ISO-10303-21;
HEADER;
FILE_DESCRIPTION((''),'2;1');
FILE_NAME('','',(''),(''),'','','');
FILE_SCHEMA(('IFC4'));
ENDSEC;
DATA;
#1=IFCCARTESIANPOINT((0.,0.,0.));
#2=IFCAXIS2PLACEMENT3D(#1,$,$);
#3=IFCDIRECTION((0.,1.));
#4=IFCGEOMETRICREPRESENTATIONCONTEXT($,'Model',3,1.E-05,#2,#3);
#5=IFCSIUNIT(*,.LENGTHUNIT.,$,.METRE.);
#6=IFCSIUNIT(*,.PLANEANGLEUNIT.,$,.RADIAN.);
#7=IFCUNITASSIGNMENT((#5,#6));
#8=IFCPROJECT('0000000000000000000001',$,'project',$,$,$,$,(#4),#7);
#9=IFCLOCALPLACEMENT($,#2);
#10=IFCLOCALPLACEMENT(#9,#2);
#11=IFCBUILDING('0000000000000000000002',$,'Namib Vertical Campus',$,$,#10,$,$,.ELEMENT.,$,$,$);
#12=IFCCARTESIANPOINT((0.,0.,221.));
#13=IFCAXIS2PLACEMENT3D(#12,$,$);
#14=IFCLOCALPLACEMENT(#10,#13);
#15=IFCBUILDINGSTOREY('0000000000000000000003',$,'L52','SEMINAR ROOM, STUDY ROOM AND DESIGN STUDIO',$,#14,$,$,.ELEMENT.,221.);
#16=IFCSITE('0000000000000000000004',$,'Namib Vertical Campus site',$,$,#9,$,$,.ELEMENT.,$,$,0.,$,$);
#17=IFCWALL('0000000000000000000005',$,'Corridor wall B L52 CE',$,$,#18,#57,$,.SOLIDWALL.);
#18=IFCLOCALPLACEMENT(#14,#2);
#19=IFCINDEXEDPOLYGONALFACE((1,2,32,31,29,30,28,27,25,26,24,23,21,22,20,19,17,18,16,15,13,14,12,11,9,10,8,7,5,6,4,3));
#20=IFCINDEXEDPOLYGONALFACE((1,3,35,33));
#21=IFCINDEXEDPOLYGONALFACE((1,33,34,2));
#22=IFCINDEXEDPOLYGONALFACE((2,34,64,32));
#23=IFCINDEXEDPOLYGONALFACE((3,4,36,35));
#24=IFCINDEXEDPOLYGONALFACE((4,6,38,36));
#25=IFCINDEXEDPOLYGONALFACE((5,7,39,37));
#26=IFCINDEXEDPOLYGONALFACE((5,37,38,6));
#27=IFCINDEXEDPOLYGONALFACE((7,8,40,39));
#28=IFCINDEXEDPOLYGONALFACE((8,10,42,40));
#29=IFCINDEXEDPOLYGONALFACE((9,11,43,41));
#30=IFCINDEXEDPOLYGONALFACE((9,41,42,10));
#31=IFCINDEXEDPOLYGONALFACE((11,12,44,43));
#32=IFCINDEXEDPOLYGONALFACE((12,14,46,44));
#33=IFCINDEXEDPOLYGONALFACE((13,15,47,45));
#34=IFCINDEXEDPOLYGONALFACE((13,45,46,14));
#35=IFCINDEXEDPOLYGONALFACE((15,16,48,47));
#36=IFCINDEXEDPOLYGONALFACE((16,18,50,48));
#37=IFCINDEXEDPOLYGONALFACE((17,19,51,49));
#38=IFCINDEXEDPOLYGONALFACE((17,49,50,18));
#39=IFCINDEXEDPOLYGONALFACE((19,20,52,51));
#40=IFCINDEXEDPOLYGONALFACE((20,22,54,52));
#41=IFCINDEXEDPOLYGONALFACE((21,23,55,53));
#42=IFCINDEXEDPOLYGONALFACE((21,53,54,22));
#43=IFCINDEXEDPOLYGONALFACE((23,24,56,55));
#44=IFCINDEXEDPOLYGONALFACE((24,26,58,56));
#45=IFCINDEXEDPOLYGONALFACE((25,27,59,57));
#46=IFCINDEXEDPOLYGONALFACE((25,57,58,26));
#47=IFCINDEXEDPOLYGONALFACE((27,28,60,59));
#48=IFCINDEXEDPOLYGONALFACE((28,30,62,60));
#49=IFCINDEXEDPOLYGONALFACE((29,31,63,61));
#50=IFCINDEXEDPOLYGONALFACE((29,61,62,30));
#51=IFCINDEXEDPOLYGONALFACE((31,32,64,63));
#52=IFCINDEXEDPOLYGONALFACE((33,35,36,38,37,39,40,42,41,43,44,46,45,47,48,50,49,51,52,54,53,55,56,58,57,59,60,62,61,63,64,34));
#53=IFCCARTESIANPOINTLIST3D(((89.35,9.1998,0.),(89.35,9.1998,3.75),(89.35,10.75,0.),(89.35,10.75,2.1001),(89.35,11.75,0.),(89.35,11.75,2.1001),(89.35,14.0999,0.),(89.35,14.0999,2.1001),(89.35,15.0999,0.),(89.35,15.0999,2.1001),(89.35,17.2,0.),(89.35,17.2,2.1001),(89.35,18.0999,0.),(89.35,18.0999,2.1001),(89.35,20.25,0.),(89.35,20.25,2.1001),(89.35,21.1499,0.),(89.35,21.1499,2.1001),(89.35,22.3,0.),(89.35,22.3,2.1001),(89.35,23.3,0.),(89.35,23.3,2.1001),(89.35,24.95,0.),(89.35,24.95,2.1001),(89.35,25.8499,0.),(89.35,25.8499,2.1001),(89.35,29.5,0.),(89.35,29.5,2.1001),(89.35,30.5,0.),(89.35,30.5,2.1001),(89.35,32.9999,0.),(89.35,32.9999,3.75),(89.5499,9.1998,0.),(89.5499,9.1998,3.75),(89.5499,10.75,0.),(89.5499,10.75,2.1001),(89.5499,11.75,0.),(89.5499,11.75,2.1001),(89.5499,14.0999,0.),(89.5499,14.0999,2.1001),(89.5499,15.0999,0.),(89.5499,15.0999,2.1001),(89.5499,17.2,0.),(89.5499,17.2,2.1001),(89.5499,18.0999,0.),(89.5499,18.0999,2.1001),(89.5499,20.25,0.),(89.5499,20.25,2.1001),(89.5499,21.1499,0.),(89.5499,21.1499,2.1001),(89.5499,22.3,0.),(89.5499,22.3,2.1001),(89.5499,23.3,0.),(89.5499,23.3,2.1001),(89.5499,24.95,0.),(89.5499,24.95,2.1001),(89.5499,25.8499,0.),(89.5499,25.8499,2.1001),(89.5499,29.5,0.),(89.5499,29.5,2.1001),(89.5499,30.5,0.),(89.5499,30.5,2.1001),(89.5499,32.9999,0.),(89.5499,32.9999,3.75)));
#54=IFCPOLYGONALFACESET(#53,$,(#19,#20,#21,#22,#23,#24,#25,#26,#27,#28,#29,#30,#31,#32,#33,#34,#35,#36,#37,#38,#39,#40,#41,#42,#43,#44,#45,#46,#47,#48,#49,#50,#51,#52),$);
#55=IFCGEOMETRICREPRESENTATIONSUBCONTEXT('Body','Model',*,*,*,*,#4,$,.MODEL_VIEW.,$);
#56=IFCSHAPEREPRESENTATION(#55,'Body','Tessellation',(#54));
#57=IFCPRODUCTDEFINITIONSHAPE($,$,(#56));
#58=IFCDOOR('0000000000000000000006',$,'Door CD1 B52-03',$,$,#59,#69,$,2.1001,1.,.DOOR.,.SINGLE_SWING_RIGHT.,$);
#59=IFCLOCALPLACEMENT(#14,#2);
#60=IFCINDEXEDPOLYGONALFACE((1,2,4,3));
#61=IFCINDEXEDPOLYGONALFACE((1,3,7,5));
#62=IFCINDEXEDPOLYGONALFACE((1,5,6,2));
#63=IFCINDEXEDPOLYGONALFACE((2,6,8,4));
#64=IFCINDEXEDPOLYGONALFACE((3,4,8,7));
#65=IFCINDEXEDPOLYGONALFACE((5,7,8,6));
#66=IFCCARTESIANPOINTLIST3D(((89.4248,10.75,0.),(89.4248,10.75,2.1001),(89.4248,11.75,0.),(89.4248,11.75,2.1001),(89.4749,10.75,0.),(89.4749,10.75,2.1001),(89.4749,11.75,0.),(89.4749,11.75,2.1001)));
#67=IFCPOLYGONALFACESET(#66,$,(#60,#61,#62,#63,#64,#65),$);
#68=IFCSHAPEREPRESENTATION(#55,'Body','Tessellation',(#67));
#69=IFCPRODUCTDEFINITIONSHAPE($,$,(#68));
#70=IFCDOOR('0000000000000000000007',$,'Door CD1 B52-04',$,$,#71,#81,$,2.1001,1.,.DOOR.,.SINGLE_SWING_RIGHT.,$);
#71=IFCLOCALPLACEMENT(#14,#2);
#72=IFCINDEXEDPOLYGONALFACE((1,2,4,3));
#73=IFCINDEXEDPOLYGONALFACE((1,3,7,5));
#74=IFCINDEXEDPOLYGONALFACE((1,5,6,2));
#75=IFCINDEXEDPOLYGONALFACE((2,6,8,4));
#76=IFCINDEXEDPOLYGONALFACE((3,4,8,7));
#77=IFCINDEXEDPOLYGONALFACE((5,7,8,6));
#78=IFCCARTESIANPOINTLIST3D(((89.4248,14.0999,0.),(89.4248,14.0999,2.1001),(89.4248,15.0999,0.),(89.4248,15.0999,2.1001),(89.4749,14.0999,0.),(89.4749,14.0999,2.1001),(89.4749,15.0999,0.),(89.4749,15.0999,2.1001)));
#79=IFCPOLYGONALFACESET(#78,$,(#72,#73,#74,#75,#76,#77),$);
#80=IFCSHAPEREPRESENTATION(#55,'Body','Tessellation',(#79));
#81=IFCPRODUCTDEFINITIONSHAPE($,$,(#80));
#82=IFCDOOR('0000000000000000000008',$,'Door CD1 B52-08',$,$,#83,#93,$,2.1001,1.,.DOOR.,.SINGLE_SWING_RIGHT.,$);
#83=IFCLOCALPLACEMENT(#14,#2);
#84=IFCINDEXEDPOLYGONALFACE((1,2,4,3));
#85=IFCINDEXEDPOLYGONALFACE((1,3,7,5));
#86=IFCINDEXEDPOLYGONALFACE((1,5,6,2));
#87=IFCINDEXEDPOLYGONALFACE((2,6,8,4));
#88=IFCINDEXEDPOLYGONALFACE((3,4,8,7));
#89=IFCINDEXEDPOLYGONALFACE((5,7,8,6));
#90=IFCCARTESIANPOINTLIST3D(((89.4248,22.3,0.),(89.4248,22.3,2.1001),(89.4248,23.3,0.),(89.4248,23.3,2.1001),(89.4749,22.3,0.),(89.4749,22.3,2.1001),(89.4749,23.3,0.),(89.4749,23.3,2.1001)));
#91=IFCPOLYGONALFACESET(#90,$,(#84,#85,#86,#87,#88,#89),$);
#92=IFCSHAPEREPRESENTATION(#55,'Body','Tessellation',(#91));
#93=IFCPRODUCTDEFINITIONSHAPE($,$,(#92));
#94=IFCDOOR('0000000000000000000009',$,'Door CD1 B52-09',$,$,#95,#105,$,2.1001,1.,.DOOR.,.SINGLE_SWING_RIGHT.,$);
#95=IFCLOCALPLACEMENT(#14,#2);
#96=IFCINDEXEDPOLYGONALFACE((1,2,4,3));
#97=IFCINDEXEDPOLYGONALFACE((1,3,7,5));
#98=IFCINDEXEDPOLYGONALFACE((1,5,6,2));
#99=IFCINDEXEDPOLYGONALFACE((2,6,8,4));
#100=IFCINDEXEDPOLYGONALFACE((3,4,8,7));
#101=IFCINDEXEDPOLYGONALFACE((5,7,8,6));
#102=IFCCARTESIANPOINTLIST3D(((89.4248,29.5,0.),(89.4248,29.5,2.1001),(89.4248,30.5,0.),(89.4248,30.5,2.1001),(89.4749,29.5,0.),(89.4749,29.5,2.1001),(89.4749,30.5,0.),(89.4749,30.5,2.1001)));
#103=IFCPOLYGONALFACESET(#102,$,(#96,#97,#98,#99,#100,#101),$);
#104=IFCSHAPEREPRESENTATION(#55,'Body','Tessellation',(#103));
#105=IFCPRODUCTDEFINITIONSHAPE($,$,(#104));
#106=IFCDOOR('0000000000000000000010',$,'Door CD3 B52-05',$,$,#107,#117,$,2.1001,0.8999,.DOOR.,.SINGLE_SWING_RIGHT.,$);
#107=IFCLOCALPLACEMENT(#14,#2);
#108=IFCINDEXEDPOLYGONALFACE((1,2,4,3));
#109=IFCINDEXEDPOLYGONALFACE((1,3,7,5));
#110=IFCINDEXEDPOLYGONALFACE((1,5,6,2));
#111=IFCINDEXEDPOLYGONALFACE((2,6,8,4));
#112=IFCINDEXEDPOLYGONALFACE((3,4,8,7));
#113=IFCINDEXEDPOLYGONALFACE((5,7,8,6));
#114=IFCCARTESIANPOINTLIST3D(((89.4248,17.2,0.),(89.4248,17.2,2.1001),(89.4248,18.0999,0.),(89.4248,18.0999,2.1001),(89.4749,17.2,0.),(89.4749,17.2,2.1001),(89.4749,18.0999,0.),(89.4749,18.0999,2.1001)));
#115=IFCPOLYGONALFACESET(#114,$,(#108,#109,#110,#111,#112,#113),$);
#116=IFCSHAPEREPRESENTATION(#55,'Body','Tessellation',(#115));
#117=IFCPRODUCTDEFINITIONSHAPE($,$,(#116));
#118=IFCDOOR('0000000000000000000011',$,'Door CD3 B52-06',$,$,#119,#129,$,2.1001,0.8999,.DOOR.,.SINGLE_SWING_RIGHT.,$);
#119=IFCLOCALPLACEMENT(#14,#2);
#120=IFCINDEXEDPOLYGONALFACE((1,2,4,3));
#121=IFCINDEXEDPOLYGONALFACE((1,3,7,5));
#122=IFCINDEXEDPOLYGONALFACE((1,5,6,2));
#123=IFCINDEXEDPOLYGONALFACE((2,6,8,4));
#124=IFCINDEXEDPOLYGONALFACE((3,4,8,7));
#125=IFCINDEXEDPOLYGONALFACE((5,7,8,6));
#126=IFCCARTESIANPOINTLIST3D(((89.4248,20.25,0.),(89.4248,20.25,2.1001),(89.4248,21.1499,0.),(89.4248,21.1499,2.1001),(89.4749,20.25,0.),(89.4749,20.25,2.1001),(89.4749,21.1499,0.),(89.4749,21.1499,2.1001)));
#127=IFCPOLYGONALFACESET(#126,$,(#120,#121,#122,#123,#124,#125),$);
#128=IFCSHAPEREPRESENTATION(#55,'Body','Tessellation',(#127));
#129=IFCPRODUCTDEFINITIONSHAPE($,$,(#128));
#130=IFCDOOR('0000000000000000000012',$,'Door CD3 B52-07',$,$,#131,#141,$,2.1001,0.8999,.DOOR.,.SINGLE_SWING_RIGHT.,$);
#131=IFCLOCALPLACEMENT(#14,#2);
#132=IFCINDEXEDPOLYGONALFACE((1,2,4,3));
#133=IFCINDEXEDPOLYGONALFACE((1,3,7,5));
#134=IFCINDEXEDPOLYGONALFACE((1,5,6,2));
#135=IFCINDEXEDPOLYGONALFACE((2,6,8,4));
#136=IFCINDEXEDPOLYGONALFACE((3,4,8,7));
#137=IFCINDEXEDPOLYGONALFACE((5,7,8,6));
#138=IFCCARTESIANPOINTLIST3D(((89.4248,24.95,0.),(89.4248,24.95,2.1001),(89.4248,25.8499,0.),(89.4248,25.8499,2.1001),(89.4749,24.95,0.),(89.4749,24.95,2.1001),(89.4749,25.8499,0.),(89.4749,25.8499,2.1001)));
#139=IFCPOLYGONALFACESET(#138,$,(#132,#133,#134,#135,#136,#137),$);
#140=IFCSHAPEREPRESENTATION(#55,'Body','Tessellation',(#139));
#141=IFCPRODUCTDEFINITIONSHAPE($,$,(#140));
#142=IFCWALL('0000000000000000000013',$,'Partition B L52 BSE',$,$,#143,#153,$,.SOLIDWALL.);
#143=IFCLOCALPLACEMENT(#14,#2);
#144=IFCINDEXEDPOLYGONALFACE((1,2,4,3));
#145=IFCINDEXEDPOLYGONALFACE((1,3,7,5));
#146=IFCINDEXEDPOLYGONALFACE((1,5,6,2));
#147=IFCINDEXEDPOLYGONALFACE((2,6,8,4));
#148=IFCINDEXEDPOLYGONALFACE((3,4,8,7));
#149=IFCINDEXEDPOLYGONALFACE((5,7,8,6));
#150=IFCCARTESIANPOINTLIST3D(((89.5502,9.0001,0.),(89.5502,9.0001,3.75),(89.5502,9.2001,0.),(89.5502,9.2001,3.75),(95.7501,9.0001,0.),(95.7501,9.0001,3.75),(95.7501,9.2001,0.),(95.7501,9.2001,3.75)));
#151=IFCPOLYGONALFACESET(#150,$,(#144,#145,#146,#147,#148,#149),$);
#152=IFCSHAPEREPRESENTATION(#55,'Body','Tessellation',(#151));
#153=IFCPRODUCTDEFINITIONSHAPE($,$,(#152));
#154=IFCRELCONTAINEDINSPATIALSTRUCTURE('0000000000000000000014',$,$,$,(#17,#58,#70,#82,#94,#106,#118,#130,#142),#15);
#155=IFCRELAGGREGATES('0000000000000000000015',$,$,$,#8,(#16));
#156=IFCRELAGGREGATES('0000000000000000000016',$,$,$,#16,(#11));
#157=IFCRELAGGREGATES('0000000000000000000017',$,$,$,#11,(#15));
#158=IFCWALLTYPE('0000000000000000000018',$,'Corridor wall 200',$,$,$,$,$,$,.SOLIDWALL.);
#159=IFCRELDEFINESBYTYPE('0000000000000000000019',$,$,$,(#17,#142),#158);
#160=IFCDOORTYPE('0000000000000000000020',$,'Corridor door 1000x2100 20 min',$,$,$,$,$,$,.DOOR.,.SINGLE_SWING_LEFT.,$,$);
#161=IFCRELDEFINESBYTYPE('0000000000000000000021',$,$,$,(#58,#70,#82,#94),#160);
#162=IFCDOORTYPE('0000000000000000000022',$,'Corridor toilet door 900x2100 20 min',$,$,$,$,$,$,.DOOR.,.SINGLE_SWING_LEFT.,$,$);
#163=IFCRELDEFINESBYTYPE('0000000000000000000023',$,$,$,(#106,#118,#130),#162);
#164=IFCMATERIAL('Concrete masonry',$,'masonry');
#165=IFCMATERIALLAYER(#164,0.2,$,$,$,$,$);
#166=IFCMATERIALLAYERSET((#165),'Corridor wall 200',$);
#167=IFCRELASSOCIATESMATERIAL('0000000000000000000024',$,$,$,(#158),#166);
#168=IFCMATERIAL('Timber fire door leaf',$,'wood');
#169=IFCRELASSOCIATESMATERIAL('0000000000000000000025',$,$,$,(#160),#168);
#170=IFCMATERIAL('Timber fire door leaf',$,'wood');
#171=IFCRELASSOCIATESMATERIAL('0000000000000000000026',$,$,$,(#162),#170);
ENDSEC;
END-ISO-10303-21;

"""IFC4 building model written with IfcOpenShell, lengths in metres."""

from ifc_helpers import new_model, si_unit, direction, frame, frame_2d, origin, place, context, subcontext, project, spatial, rectangle, extrude, material, layer, layer_set, type_object, element, fill, save


model = new_model("IFC4")

# Units and contexts
model_context = context("Model", 3, precision=1e-05, world=origin(), true_north=direction((0.0, 1.0)))
body_context = subcontext(model_context, "Body", "Model", "MODEL_VIEW")
ifc_project = project(units=[si_unit("LENGTHUNIT", "METRE"), si_unit("PLANEANGLEUNIT", "RADIAN")], contexts=[model_context])

# Site, building, storey
site_placement = place(None, origin())
site = spatial("IfcSite", under=ifc_project, at=site_placement, Name="Namib Vertical Campus site", CompositionType="ELEMENT", RefElevation=0.0)
building_placement = place(site_placement, origin())
building = spatial("IfcBuilding", under=site, at=building_placement, Name="Namib Vertical Campus", CompositionType="ELEMENT")
storey_placement = place(building_placement, frame((0.0, 0.0, 221.0)))
storey = spatial("IfcBuildingStorey", under=building, at=storey_placement, Name="L52", Description="SEMINAR ROOM, STUDY ROOM AND DESIGN STUDIO", CompositionType="ELEMENT", Elevation=221.0)

# Wall, openings, doors
ifc_material_1 = material(Name="Concrete masonry", Category="masonry")
ifc_layer_1 = layer(ifc_material_1, 0.2)
ifc_layer_set_1 = layer_set([ifc_layer_1], Name="Corridor wall 200")
wall_type_1 = type_object("IfcWallType", Name="Corridor wall 200", PredefinedType="SOLIDWALL", material=ifc_layer_set_1)
wall_1_placement = place(storey_placement, frame((89.45, 9.2, 0.0), z_axis=(0.0, 0.0, 1.0), x_axis=(0.0, 1.0, 0.0)))
wall_1 = element("IfcWall", 1, at=wall_1_placement, inside=storey, type_object=wall_type_1, Name="Corridor wall B L52 CE", PredefinedType="SOLIDWALL", context=body_context, shape_type="SweptSolid", body=[
    extrude(rectangle(XDim=23.8, YDim=0.2, at=frame_2d((11.8999, 0.0))), origin(), (0.0, 0.0, 1.0), 3.75),
])
opening_1_placement = place(wall_1_placement, frame((1.55, 0.0, 0.0)))
opening_1 = element("IfcOpeningElement", 2, at=opening_1_placement, cuts=wall_1, PredefinedType="OPENING", context=body_context, shape_type="SweptSolid", body=[
    extrude(rectangle(XDim=1.0, YDim=2.1001, at=frame_2d((0.5, 1.05))), frame((0.0, 0.1099, 0.0), z_axis=(0.0, -1.0, 0.0), x_axis=(1.0, 0.0, 0.0)), (0.0, 0.0, 1.0), 0.22),
])
opening_2_placement = place(wall_1_placement, frame((4.8999, 0.0, 0.0)))
opening_2 = element("IfcOpeningElement", 3, at=opening_2_placement, cuts=wall_1, PredefinedType="OPENING", context=body_context, shape_type="SweptSolid", body=[
    extrude(rectangle(XDim=1.0, YDim=2.1001, at=frame_2d((0.5, 1.05))), frame((0.0, 0.1099, 0.0), z_axis=(0.0, -1.0, 0.0), x_axis=(1.0, 0.0, 0.0)), (0.0, 0.0, 1.0), 0.22),
])
opening_3_placement = place(wall_1_placement, frame((8.0, 0.0, 0.0)))
opening_3 = element("IfcOpeningElement", 4, at=opening_3_placement, cuts=wall_1, PredefinedType="OPENING", context=body_context, shape_type="SweptSolid", body=[
    extrude(rectangle(XDim=0.8999, YDim=2.1001, at=frame_2d((0.45, 1.05))), frame((0.0, 0.1099, 0.0), z_axis=(0.0, -1.0, 0.0), x_axis=(1.0, 0.0, 0.0)), (0.0, 0.0, 1.0), 0.22),
])
opening_4_placement = place(wall_1_placement, frame((11.05, 0.0, 0.0)))
opening_4 = element("IfcOpeningElement", 5, at=opening_4_placement, cuts=wall_1, PredefinedType="OPENING", context=body_context, shape_type="SweptSolid", body=[
    extrude(rectangle(XDim=0.8999, YDim=2.1001, at=frame_2d((0.45, 1.05))), frame((0.0, 0.1099, 0.0), z_axis=(0.0, -1.0, 0.0), x_axis=(1.0, 0.0, 0.0)), (0.0, 0.0, 1.0), 0.22),
])
opening_5_placement = place(wall_1_placement, frame((15.75, 0.0, 0.0)))
opening_5 = element("IfcOpeningElement", 6, at=opening_5_placement, cuts=wall_1, PredefinedType="OPENING", context=body_context, shape_type="SweptSolid", body=[
    extrude(rectangle(XDim=0.8999, YDim=2.1001, at=frame_2d((0.45, 1.05))), frame((0.0, 0.1099, 0.0), z_axis=(0.0, -1.0, 0.0), x_axis=(1.0, 0.0, 0.0)), (0.0, 0.0, 1.0), 0.22),
])
opening_6_placement = place(wall_1_placement, frame((13.1001, 0.0, 0.0)))
opening_6 = element("IfcOpeningElement", 7, at=opening_6_placement, cuts=wall_1, PredefinedType="OPENING", context=body_context, shape_type="SweptSolid", body=[
    extrude(rectangle(XDim=1.0, YDim=2.1001, at=frame_2d((0.5, 1.05))), frame((0.0, 0.1099, 0.0), z_axis=(0.0, -1.0, 0.0), x_axis=(1.0, 0.0, 0.0)), (0.0, 0.0, 1.0), 0.22),
])
opening_7_placement = place(wall_1_placement, frame((20.3, 0.0, 0.0)))
opening_7 = element("IfcOpeningElement", 8, at=opening_7_placement, cuts=wall_1, PredefinedType="OPENING", context=body_context, shape_type="SweptSolid", body=[
    extrude(rectangle(XDim=1.0, YDim=2.1001, at=frame_2d((0.5, 1.05))), frame((0.0, 0.1099, 0.0), z_axis=(0.0, -1.0, 0.0), x_axis=(1.0, 0.0, 0.0)), (0.0, 0.0, 1.0), 0.22),
])
ifc_material_2 = material(Name="Timber fire door leaf", Category="wood")
door_type_1 = type_object("IfcDoorType", Name="Corridor door 1000x2100 20 min", OperationType="SINGLE_SWING_LEFT", PredefinedType="DOOR", material=ifc_material_2)
door_1_placement = place(opening_1_placement, frame((1.0, 0.0, 0.0), z_axis=(0.0, 0.0, 1.0), x_axis=(-1.0, 0.0, 0.0)))
door_1 = element("IfcDoor", 9, at=door_1_placement, inside=storey, type_object=door_type_1, Name="Door CD1 B52-03", OperationType="SINGLE_SWING_RIGHT", OverallHeight=2.1001, OverallWidth=1.0, PredefinedType="DOOR", context=body_context, shape_type="SweptSolid", body=[
    extrude(rectangle(XDim=1.0, YDim=2.1001, at=frame_2d((0.5, 1.05))), frame((0.0, 0.0249, 0.0), z_axis=(0.0, -1.0, 0.0), x_axis=(1.0, 0.0, 0.0)), (0.0, 0.0, 1.0), 0.05),
])
fill(opening_1, door_1)
door_2_placement = place(opening_2_placement, frame((1.0, 0.0, 0.0), z_axis=(0.0, 0.0, 1.0), x_axis=(-1.0, 0.0, 0.0)))
door_2 = element("IfcDoor", 10, at=door_2_placement, inside=storey, type_object=door_type_1, Name="Door CD1 B52-04", OperationType="SINGLE_SWING_RIGHT", OverallHeight=2.1001, OverallWidth=1.0, PredefinedType="DOOR", context=body_context, shape_type="SweptSolid", body=[
    extrude(rectangle(XDim=1.0, YDim=2.1001, at=frame_2d((0.5, 1.05))), frame((0.0, 0.0249, 0.0), z_axis=(0.0, -1.0, 0.0), x_axis=(1.0, 0.0, 0.0)), (0.0, 0.0, 1.0), 0.05),
])
fill(opening_2, door_2)
door_3_placement = place(opening_6_placement, frame((1.0, 0.0, 0.0), z_axis=(0.0, 0.0, 1.0), x_axis=(-1.0, 0.0, 0.0)))
door_3 = element("IfcDoor", 11, at=door_3_placement, inside=storey, type_object=door_type_1, Name="Door CD1 B52-08", OperationType="SINGLE_SWING_RIGHT", OverallHeight=2.1001, OverallWidth=1.0, PredefinedType="DOOR", context=body_context, shape_type="SweptSolid", body=[
    extrude(rectangle(XDim=1.0, YDim=2.1001, at=frame_2d((0.5, 1.05))), frame((0.0, 0.0249, 0.0), z_axis=(0.0, -1.0, 0.0), x_axis=(1.0, 0.0, 0.0)), (0.0, 0.0, 1.0), 0.05),
])
fill(opening_6, door_3)
door_4_placement = place(opening_7_placement, frame((1.0, 0.0, 0.0), z_axis=(0.0, 0.0, 1.0), x_axis=(-1.0, 0.0, 0.0)))
door_4 = element("IfcDoor", 12, at=door_4_placement, inside=storey, type_object=door_type_1, Name="Door CD1 B52-09", OperationType="SINGLE_SWING_RIGHT", OverallHeight=2.1001, OverallWidth=1.0, PredefinedType="DOOR", context=body_context, shape_type="SweptSolid", body=[
    extrude(rectangle(XDim=1.0, YDim=2.1001, at=frame_2d((0.5, 1.05))), frame((0.0, 0.0249, 0.0), z_axis=(0.0, -1.0, 0.0), x_axis=(1.0, 0.0, 0.0)), (0.0, 0.0, 1.0), 0.05),
])
fill(opening_7, door_4)
ifc_material_3 = material(Name="Timber fire door leaf", Category="wood")
door_type_2 = type_object("IfcDoorType", Name="Corridor toilet door 900x2100 20 min", OperationType="SINGLE_SWING_LEFT", PredefinedType="DOOR", material=ifc_material_3)
door_5_placement = place(opening_3_placement, frame((0.8999, 0.0, 0.0), z_axis=(0.0, 0.0, 1.0), x_axis=(-1.0, 0.0, 0.0)))
door_5 = element("IfcDoor", 13, at=door_5_placement, inside=storey, type_object=door_type_2, Name="Door CD3 B52-05", OperationType="SINGLE_SWING_RIGHT", OverallHeight=2.1001, OverallWidth=0.8999, PredefinedType="DOOR", context=body_context, shape_type="SweptSolid", body=[
    extrude(rectangle(XDim=0.8999, YDim=2.1001, at=frame_2d((0.45, 1.05))), frame((0.0, 0.0249, 0.0), z_axis=(0.0, -1.0, 0.0), x_axis=(1.0, 0.0, 0.0)), (0.0, 0.0, 1.0), 0.05),
])
fill(opening_3, door_5)
door_6_placement = place(opening_4_placement, frame((0.8999, 0.0, 0.0), z_axis=(0.0, 0.0, 1.0), x_axis=(-1.0, 0.0, 0.0)))
door_6 = element("IfcDoor", 14, at=door_6_placement, inside=storey, type_object=door_type_2, Name="Door CD3 B52-06", OperationType="SINGLE_SWING_RIGHT", OverallHeight=2.1001, OverallWidth=0.8999, PredefinedType="DOOR", context=body_context, shape_type="SweptSolid", body=[
    extrude(rectangle(XDim=0.8999, YDim=2.1001, at=frame_2d((0.45, 1.05))), frame((0.0, 0.0249, 0.0), z_axis=(0.0, -1.0, 0.0), x_axis=(1.0, 0.0, 0.0)), (0.0, 0.0, 1.0), 0.05),
])
fill(opening_4, door_6)
door_7_placement = place(opening_5_placement, frame((0.8999, 0.0, 0.0), z_axis=(0.0, 0.0, 1.0), x_axis=(-1.0, 0.0, 0.0)))
door_7 = element("IfcDoor", 15, at=door_7_placement, inside=storey, type_object=door_type_2, Name="Door CD3 B52-07", OperationType="SINGLE_SWING_RIGHT", OverallHeight=2.1001, OverallWidth=0.8999, PredefinedType="DOOR", context=body_context, shape_type="SweptSolid", body=[
    extrude(rectangle(XDim=0.8999, YDim=2.1001, at=frame_2d((0.45, 1.05))), frame((0.0, 0.0249, 0.0), z_axis=(0.0, -1.0, 0.0), x_axis=(1.0, 0.0, 0.0)), (0.0, 0.0, 1.0), 0.05),
])
fill(opening_5, door_7)

# Wall
wall_2_placement = place(storey_placement, frame((89.55, 9.1001, 0.0), z_axis=(0.0, 0.0, 1.0), x_axis=(1.0, 0.0, 0.0)))
element("IfcWall", 16, at=wall_2_placement, inside=storey, type_object=wall_type_1, Name="Partition B L52 BSE", PredefinedType="SOLIDWALL", context=body_context, shape_type="SweptSolid", body=[
    extrude(rectangle(XDim=6.2, YDim=0.2, at=frame_2d((3.1001, 0.0))), origin(), (0.0, 0.0, 1.0), 3.75),
])

save(model, "model.ifc")
